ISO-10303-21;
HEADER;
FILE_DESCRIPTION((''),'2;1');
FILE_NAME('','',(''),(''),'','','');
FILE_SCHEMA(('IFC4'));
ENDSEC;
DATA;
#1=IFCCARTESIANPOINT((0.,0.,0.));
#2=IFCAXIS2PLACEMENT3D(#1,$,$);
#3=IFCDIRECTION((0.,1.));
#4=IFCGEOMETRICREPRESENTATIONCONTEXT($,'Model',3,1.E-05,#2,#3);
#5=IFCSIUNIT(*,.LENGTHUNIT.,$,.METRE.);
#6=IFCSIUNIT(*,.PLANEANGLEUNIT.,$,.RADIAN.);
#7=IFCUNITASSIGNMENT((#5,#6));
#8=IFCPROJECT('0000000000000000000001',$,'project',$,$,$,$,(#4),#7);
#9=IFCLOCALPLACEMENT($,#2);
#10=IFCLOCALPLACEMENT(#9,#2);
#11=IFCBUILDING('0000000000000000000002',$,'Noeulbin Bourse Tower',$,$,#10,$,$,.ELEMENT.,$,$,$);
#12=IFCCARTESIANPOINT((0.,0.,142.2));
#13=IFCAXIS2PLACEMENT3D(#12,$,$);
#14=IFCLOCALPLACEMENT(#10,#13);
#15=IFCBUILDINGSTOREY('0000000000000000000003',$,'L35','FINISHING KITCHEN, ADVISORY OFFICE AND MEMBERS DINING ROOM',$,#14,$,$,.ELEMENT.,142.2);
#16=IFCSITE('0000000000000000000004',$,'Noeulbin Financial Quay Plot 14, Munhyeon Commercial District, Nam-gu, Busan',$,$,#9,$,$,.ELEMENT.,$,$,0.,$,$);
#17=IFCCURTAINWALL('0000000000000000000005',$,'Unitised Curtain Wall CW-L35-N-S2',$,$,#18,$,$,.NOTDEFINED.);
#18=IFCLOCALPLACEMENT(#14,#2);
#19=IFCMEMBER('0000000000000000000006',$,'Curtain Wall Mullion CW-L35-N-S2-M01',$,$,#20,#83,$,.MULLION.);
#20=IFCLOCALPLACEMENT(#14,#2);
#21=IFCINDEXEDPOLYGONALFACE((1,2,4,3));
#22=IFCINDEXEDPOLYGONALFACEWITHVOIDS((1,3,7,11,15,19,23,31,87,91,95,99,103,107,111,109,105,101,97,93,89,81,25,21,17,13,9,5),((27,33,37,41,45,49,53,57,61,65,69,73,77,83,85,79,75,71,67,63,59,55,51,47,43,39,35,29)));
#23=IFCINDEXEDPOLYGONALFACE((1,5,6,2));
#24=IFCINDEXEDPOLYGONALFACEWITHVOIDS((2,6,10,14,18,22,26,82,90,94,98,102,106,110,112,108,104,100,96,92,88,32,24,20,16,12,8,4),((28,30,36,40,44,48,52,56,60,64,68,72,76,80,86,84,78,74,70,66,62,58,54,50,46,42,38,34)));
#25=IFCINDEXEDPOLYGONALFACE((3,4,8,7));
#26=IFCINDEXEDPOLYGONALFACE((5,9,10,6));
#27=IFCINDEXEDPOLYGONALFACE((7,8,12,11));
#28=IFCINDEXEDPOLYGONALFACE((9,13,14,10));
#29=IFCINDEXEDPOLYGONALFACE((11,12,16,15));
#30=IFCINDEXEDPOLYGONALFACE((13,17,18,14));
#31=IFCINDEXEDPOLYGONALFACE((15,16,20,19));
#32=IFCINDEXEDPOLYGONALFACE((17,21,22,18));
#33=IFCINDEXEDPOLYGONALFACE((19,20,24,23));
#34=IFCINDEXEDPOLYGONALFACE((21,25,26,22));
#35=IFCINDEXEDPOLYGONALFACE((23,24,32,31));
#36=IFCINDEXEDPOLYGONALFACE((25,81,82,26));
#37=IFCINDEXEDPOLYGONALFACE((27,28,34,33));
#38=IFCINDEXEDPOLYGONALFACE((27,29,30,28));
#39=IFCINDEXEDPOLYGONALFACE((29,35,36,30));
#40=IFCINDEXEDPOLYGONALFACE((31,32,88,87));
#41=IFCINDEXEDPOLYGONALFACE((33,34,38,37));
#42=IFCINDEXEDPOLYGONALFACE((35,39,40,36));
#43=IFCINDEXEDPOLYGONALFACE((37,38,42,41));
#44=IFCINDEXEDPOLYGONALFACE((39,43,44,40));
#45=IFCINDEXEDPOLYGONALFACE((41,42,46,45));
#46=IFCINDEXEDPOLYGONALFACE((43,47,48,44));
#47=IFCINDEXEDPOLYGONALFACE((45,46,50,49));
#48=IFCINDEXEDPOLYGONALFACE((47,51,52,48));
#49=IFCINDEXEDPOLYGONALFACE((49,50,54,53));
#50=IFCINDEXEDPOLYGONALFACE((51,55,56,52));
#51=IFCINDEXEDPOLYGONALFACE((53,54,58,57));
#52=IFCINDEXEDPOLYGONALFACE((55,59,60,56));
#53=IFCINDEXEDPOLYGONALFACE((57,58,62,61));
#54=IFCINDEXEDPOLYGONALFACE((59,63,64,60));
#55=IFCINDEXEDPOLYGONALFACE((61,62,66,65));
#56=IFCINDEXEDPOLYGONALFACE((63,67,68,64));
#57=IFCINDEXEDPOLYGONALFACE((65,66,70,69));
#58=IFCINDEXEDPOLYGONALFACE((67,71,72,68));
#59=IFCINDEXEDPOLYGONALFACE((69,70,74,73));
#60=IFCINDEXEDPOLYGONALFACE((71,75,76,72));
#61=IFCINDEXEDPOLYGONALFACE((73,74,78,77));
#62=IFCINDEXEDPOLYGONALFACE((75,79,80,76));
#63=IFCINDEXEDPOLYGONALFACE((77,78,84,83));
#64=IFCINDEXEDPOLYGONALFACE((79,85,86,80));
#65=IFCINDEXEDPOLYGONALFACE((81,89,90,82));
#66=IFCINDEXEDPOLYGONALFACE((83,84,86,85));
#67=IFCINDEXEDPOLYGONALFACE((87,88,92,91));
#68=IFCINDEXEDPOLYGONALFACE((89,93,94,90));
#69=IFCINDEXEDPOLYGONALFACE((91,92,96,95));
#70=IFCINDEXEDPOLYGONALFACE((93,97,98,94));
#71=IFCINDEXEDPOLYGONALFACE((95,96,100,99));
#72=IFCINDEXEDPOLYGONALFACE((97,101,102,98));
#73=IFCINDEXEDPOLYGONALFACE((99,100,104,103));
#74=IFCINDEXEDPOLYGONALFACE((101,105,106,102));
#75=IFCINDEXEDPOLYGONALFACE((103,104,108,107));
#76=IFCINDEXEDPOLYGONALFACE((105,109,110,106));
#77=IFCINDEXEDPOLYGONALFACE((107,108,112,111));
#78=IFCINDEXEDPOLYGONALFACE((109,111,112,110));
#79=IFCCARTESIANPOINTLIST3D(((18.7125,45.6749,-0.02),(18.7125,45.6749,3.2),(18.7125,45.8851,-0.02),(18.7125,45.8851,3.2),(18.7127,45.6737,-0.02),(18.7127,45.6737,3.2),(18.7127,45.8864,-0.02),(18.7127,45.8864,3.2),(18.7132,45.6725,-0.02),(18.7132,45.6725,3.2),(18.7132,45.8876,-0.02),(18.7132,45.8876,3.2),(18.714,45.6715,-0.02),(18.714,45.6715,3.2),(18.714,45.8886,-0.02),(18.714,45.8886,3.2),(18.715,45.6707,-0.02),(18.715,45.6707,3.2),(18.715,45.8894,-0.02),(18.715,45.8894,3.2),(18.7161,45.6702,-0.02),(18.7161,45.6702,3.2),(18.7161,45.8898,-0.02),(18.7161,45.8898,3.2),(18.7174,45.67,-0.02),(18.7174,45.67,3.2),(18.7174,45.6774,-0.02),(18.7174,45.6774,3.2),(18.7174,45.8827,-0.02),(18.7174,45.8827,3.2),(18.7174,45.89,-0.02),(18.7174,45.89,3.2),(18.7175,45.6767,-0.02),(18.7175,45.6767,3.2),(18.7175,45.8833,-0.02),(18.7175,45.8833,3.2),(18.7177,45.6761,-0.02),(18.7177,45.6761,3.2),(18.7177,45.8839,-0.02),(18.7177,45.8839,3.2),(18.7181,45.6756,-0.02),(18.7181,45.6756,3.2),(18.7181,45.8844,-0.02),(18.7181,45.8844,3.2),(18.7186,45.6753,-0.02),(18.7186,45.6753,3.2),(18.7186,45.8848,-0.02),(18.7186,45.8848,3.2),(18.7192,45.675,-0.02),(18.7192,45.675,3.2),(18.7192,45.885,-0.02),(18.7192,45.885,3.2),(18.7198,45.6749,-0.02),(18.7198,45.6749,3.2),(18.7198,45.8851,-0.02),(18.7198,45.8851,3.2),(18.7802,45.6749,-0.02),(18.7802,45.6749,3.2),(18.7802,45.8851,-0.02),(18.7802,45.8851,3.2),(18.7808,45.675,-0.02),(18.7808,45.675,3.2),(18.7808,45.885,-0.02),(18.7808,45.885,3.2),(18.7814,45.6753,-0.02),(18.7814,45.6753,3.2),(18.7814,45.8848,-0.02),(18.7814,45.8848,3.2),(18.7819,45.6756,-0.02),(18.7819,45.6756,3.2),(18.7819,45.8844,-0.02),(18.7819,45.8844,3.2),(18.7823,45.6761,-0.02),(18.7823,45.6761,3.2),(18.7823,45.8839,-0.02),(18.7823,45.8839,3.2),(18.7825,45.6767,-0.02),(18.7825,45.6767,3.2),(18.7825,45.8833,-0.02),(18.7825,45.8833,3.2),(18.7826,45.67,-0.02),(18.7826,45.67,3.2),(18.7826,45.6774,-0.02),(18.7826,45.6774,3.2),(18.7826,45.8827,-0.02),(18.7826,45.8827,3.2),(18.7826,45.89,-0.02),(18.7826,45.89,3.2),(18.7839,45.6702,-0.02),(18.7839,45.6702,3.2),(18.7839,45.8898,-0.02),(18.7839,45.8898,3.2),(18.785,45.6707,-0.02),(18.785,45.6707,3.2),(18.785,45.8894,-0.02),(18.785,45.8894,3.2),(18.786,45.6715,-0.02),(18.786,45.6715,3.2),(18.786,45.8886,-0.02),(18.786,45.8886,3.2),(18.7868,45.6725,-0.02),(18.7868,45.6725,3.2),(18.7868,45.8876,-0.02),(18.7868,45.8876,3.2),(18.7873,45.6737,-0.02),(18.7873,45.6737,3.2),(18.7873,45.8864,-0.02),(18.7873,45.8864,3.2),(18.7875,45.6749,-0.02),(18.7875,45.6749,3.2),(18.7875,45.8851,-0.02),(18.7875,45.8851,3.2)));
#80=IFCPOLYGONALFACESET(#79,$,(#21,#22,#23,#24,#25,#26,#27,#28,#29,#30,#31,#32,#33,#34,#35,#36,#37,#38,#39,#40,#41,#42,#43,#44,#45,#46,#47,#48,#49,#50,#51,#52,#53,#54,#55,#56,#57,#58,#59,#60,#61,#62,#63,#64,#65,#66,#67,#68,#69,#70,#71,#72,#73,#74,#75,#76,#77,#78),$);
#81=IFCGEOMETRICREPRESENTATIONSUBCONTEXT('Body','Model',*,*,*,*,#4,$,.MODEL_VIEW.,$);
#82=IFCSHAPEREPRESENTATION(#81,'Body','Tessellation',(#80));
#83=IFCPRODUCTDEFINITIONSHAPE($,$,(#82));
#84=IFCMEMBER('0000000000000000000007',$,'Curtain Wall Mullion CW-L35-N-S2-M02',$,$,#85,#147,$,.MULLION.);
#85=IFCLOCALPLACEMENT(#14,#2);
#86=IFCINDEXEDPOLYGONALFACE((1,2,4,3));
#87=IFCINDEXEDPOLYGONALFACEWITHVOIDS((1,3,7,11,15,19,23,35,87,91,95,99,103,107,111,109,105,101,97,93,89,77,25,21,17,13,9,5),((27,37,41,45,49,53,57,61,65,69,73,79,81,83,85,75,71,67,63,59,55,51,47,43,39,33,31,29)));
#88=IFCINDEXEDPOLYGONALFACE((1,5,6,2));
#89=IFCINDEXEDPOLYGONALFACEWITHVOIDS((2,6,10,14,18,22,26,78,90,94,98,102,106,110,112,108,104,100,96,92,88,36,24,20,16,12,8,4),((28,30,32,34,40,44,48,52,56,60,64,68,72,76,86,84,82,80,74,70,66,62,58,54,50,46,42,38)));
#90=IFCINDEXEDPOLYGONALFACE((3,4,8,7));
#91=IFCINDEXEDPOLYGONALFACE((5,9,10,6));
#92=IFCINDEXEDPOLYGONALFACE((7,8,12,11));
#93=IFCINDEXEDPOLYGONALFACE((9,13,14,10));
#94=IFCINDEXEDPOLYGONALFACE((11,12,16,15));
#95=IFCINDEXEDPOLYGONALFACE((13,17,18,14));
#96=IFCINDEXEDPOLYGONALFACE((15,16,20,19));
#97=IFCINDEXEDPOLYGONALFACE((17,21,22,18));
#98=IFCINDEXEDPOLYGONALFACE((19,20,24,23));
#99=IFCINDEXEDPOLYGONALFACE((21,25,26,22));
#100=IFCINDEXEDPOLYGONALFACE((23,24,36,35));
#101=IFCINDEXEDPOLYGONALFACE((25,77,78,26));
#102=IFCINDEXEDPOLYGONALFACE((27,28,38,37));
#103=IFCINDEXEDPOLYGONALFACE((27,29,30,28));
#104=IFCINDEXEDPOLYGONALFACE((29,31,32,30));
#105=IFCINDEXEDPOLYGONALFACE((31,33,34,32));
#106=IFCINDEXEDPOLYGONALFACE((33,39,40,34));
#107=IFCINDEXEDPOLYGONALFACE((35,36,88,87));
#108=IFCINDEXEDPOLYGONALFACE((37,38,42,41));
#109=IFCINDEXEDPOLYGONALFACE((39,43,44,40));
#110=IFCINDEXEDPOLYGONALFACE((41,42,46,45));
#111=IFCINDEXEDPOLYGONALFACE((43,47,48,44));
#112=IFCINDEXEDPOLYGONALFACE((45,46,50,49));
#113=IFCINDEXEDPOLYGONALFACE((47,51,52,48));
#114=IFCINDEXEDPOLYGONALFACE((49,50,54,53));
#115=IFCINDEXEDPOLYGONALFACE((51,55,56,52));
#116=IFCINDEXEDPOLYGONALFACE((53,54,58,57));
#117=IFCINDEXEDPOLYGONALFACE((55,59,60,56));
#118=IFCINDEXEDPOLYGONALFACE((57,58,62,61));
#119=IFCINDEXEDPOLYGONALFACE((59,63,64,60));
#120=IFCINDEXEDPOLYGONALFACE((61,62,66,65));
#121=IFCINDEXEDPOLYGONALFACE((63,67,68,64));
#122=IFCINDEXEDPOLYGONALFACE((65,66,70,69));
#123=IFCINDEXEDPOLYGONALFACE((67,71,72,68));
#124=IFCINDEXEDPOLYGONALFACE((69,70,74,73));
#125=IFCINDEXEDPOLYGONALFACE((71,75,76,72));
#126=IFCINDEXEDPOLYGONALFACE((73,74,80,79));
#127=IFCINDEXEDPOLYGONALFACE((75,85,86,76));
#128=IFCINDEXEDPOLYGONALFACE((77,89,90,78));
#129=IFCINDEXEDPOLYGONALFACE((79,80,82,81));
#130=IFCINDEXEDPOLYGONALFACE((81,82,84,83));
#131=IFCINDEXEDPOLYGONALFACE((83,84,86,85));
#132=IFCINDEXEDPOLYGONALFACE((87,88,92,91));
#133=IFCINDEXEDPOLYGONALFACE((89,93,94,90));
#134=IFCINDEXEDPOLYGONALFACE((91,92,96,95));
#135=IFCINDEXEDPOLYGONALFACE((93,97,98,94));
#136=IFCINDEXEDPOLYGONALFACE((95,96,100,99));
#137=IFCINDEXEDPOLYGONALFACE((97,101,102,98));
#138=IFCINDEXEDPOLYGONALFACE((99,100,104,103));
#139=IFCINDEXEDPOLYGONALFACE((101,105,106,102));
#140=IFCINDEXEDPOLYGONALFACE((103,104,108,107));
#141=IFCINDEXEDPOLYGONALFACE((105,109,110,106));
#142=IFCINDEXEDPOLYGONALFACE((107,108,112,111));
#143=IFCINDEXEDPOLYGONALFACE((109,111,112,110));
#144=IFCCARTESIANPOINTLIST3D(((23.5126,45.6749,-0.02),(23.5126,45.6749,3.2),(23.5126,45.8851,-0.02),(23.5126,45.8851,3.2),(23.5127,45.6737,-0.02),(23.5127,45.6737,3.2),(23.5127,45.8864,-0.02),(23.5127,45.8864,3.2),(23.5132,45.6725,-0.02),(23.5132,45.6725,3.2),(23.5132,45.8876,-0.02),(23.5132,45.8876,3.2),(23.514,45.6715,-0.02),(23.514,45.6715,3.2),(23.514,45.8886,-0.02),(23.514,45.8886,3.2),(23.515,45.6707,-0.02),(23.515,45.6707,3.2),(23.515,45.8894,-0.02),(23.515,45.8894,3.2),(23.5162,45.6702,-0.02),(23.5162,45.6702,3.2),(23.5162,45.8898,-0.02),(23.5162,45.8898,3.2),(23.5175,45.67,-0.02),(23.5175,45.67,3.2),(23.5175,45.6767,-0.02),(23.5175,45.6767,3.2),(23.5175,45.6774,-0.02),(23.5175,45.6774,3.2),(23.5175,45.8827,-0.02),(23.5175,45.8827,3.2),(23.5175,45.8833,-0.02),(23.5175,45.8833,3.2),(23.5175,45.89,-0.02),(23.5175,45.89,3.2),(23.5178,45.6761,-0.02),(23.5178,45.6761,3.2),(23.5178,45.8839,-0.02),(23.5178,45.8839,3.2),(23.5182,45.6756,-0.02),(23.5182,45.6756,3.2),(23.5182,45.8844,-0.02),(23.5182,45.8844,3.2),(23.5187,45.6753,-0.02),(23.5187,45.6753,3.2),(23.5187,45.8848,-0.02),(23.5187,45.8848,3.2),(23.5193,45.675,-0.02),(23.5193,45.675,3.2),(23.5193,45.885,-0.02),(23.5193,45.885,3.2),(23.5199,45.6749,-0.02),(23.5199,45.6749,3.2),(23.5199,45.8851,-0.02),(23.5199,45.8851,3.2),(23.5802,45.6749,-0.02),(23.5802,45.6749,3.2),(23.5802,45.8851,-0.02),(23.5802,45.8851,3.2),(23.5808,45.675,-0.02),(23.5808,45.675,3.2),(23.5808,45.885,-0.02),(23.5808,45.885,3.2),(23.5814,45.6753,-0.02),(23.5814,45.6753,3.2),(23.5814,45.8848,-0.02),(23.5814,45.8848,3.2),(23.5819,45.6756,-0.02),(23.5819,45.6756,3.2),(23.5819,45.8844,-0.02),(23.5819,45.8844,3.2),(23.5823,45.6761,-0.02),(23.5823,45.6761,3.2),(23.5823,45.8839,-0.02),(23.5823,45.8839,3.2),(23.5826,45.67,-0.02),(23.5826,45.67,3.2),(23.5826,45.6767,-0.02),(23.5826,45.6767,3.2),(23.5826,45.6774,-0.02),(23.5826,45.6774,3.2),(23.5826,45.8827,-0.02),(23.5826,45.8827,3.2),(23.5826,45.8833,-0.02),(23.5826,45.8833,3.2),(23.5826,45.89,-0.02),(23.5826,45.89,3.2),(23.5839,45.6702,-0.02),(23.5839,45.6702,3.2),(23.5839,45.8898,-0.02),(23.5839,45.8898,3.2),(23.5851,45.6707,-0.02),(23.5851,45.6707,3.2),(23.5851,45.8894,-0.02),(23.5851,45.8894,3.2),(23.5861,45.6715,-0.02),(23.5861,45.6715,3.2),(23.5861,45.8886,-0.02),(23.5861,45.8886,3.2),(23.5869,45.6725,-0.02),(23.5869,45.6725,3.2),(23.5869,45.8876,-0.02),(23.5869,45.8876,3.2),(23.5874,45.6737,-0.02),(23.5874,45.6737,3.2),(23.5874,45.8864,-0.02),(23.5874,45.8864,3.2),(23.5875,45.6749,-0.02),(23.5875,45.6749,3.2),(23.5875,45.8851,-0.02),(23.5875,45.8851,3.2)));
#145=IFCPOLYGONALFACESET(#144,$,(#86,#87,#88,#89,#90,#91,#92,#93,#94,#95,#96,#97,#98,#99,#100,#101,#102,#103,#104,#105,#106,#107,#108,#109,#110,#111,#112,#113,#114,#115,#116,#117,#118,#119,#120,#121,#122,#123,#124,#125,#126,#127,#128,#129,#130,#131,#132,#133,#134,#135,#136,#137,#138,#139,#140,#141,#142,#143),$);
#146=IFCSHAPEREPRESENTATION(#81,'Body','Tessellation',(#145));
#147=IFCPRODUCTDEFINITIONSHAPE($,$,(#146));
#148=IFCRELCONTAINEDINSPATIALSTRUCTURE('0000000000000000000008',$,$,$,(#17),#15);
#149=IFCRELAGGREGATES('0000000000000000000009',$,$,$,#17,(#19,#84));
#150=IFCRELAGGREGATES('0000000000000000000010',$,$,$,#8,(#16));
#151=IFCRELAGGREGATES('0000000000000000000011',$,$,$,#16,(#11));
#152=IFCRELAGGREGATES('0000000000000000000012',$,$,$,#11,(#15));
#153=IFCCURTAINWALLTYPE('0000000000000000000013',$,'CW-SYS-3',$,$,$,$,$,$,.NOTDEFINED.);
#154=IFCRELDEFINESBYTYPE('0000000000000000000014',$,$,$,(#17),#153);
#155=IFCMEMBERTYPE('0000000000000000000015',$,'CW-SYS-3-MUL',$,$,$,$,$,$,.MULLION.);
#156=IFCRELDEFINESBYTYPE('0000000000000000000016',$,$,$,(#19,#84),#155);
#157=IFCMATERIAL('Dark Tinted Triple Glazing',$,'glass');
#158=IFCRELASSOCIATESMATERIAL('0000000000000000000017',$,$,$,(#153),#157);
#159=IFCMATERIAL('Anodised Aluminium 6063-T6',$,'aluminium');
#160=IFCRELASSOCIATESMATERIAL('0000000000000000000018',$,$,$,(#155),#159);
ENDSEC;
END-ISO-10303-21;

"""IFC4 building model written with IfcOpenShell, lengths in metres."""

from ifc_helpers import new_model, si_unit, direction, frame, origin, origin_2d, place, context, subcontext, project, spatial, hollow_rectangle, extrude, material, material_profile, profile_set, type_object, element, aggregate, save


model = new_model("IFC4")

# Units and contexts
model_context = context("Model", 3, precision=1e-05, world=origin(), true_north=direction((0.0, 1.0)))
body_context = subcontext(model_context, "Body", "Model", "MODEL_VIEW")
ifc_project = project(units=[si_unit("LENGTHUNIT", "METRE"), si_unit("PLANEANGLEUNIT", "RADIAN")], contexts=[model_context])

# Site, building, storey
site_placement = place(None, origin())
site = spatial("IfcSite", under=ifc_project, at=site_placement, Name="Noeulbin Financial Quay Plot 14, Munhyeon Commercial District, Nam-gu, Busan", CompositionType="ELEMENT", RefElevation=0.0)
building_placement = place(site_placement, origin())
building = spatial("IfcBuilding", under=site, at=building_placement, Name="Noeulbin Bourse Tower", CompositionType="ELEMENT")
storey_placement = place(building_placement, frame((0.0, 0.0, 142.2)))
storey = spatial("IfcBuildingStorey", under=building, at=storey_placement, Name="L35", Description="FINISHING KITCHEN, ADVISORY OFFICE AND MEMBERS DINING ROOM", CompositionType="ELEMENT", Elevation=142.2)

# Curtain wall, members
ifc_material_1 = material(Name="Dark Tinted Triple Glazing", Category="glass")
curtain_wall_type = type_object("IfcCurtainWallType", Name="CW-SYS-3", PredefinedType="NOTDEFINED", material=ifc_material_1)
curtain_wall_1_placement = place(storey_placement, origin())
curtain_wall_1 = element("IfcCurtainWall", 1, at=curtain_wall_1_placement, inside=storey, type_object=curtain_wall_type, Name="Unitised Curtain Wall CW-L35-N-S2", PredefinedType="NOTDEFINED")
ifc_material_2 = material(Name="Anodised Aluminium 6063-T6", Category="aluminium")
ifc_material_profile_1 = material_profile(ifc_material_2, hollow_rectangle(XDim=0.075, YDim=0.22, WallThickness=0.0049, InnerFilletRadius=0.0024, OuterFilletRadius=0.0049, at=origin_2d()), Name="ALU-MULL-75x220x5", Category="LoadBearing")
ifc_profile_set_1 = profile_set([ifc_material_profile_1], Name="Anodised Aluminium 6063-T6")
member_type_1 = type_object("IfcMemberType", Name="CW-SYS-3-MUL", PredefinedType="MULLION", material=ifc_profile_set_1)
member_1_placement = place(storey_placement, frame((18.75, 45.78, -0.02), z_axis=(0.0, 0.0, 1.0), x_axis=(1.0, 0.0, 0.0)))
member_1 = element("IfcMember", 2, at=member_1_placement, type_object=member_type_1, Name="Curtain Wall Mullion CW-L35-N-S2-M01", PredefinedType="MULLION", context=body_context, shape_type="SweptSolid", body=[
    extrude(hollow_rectangle(XDim=0.075, YDim=0.22, WallThickness=0.0049, InnerFilletRadius=0.0024, OuterFilletRadius=0.0049, at=origin_2d()), origin(), (0.0, 0.0, 1.0), 3.22),
])
member_2_placement = place(storey_placement, frame((23.55, 45.78, -0.02), z_axis=(0.0, 0.0, 1.0), x_axis=(1.0, 0.0, 0.0)))
member_2 = element("IfcMember", 3, at=member_2_placement, type_object=member_type_1, Name="Curtain Wall Mullion CW-L35-N-S2-M02", PredefinedType="MULLION", context=body_context, shape_type="SweptSolid", body=[
    extrude(hollow_rectangle(XDim=0.075, YDim=0.22, WallThickness=0.0049, InnerFilletRadius=0.0024, OuterFilletRadius=0.0049, at=origin_2d()), origin(), (0.0, 0.0, 1.0), 3.22),
])

aggregate(curtain_wall_1, [member_1, member_2])

save(model, "model.ifc")
